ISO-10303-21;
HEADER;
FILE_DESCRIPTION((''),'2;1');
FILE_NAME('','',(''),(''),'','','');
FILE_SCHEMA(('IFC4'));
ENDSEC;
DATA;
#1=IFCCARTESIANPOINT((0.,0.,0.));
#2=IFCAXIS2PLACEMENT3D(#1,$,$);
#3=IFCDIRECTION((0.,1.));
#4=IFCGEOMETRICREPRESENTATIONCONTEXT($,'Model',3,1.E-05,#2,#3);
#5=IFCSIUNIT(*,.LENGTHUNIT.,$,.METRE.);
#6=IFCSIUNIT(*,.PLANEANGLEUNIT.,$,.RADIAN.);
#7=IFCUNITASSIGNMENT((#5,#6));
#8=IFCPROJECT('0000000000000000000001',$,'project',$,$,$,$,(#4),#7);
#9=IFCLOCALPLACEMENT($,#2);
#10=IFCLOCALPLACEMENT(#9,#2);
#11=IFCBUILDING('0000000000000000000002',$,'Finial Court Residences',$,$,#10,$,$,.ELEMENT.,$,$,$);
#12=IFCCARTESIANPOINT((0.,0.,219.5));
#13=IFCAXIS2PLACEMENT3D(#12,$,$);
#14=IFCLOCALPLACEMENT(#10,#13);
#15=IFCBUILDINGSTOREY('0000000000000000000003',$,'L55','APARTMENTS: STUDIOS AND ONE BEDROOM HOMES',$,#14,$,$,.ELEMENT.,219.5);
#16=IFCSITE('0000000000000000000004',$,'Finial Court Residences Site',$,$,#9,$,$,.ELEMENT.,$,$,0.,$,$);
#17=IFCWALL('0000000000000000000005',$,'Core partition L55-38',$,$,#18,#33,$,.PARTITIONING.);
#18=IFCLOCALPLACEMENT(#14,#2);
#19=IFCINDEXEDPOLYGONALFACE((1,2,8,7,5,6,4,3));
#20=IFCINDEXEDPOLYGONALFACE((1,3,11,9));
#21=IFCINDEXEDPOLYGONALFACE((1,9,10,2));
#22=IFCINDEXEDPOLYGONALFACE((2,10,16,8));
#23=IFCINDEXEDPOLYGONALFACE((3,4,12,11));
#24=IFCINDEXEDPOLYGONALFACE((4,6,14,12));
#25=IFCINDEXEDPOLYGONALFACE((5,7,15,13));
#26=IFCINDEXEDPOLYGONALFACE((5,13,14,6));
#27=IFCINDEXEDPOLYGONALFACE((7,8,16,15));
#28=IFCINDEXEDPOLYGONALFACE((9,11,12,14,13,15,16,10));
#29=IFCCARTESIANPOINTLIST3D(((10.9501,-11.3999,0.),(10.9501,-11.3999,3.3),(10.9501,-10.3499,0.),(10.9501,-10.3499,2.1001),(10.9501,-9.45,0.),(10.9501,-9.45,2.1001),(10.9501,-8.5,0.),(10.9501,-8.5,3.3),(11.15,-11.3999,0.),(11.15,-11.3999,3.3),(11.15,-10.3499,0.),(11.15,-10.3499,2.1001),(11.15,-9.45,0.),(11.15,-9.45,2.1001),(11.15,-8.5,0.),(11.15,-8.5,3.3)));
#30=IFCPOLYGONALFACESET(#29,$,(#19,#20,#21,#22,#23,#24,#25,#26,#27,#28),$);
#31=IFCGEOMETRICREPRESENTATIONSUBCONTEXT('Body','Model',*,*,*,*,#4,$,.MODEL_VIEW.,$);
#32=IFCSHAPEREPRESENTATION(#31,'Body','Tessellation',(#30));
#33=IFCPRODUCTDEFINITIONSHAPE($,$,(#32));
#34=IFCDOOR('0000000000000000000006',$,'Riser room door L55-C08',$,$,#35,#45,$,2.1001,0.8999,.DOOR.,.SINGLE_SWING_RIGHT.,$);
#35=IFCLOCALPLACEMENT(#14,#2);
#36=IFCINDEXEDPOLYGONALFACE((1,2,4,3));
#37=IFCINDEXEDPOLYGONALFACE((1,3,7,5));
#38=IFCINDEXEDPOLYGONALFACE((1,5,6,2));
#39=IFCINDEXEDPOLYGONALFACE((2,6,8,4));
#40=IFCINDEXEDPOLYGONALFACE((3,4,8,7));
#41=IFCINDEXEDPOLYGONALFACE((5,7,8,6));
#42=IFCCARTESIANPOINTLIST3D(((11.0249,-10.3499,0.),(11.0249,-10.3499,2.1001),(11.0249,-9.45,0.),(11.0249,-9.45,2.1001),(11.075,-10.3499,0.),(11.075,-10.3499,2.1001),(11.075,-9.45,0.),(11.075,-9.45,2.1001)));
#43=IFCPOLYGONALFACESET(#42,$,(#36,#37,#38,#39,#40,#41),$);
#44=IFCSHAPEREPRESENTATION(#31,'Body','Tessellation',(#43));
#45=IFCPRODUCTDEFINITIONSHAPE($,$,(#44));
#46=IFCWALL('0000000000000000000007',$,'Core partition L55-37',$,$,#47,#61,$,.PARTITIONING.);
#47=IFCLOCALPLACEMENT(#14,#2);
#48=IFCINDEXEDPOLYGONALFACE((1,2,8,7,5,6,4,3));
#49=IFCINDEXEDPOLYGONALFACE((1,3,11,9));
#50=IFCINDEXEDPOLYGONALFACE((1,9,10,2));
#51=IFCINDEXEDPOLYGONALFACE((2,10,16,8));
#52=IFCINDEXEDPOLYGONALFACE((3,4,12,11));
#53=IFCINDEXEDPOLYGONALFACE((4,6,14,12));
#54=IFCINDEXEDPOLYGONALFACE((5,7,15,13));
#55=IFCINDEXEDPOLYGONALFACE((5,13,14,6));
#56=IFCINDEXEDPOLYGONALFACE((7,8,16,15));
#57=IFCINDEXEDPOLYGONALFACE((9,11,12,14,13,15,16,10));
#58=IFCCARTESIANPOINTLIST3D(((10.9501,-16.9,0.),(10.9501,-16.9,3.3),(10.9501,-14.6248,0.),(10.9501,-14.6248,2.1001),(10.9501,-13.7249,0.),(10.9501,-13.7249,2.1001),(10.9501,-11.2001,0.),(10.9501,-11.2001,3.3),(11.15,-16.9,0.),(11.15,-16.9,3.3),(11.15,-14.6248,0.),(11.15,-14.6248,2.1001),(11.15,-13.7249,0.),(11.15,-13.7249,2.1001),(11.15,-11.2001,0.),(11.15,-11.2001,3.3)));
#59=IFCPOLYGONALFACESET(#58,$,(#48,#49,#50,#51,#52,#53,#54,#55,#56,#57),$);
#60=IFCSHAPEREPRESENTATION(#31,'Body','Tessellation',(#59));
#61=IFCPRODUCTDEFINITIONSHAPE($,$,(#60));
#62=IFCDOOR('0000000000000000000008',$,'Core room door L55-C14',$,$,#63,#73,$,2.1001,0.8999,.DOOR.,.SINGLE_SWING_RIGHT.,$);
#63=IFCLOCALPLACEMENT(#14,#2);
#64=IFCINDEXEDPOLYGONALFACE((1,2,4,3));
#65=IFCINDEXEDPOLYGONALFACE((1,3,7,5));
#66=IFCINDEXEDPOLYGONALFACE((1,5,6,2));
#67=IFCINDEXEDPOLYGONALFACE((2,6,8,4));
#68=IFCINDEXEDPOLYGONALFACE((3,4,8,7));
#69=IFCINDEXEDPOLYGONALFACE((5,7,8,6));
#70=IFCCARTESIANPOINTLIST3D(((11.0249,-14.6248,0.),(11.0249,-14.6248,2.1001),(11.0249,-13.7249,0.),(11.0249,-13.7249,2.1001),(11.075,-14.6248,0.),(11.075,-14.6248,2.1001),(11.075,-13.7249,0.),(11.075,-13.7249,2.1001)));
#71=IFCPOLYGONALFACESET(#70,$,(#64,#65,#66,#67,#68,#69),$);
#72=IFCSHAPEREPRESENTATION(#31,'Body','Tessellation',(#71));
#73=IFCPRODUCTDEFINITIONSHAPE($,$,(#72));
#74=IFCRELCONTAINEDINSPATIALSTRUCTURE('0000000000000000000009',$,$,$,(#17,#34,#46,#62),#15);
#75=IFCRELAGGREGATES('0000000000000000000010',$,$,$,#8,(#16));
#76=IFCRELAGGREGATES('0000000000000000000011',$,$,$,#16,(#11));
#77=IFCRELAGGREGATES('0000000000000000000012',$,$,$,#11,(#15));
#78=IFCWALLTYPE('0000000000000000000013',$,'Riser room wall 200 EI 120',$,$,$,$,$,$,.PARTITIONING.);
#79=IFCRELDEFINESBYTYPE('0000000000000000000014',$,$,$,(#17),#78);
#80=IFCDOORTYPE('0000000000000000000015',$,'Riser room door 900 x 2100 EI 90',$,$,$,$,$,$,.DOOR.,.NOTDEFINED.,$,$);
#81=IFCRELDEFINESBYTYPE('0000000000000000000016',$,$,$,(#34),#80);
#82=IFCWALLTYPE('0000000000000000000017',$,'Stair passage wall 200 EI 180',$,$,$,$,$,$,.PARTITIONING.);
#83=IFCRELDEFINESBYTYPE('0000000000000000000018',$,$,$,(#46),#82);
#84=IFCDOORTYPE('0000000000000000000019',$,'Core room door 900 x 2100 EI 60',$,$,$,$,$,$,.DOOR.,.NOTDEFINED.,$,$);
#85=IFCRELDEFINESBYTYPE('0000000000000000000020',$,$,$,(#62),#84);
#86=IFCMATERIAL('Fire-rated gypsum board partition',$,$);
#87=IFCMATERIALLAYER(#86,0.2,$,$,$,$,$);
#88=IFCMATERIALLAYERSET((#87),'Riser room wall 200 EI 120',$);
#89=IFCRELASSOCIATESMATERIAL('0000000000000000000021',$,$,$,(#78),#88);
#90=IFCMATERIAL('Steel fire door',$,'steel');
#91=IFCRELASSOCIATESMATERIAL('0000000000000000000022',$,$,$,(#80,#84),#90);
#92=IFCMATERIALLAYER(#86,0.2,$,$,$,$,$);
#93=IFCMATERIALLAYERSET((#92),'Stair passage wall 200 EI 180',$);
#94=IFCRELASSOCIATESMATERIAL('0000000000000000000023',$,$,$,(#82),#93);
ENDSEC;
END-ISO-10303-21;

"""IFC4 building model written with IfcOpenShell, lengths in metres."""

from ifc_helpers import new_model, si_unit, direction, frame, frame_2d, origin, place, context, subcontext, project, spatial, rectangle, extrude, material, layer, layer_set, type_object, element, fill, save


model = new_model("IFC4")

# Units and contexts
model_context = context("Model", 3, precision=1e-05, world=origin(), true_north=direction((0.0, 1.0)))
body_context = subcontext(model_context, "Body", "Model", "MODEL_VIEW")
ifc_project = project(units=[si_unit("LENGTHUNIT", "METRE"), si_unit("PLANEANGLEUNIT", "RADIAN")], contexts=[model_context])

# Site, building, storey
site_placement = place(None, origin())
site = spatial("IfcSite", under=ifc_project, at=site_placement, Name="Finial Court Residences Site", CompositionType="ELEMENT", RefElevation=0.0)
building_placement = place(site_placement, origin())
building = spatial("IfcBuilding", under=site, at=building_placement, Name="Finial Court Residences", CompositionType="ELEMENT")
storey_placement = place(building_placement, frame((0.0, 0.0, 219.5)))
storey = spatial("IfcBuildingStorey", under=building, at=storey_placement, Name="L55", Description="APARTMENTS: STUDIOS AND ONE BEDROOM HOMES", CompositionType="ELEMENT", Elevation=219.5)

# Shared definitions
ifc_material_1 = material(Name="Steel fire door", Category="steel")

# Shared definitions
ifc_material_2 = material(Name="Fire-rated gypsum board partition")
ifc_layer_1 = layer(ifc_material_2, 0.2)
ifc_layer_set_1 = layer_set([ifc_layer_1], Name="Riser room wall 200 EI 120")
wall_type_1 = type_object("IfcWallType", Name="Riser room wall 200 EI 120", PredefinedType="PARTITIONING", material=ifc_layer_set_1)

# Walls, openings, doors
wall_1_placement = place(storey_placement, frame((11.05, -8.5, 0.0), z_axis=(0.0, 0.0, 1.0), x_axis=(0.0, -1.0, 0.0)))
wall_1 = element("IfcWall", 1, at=wall_1_placement, inside=storey, type_object=wall_type_1, Name="Core partition L55-38", PredefinedType="PARTITIONING", context=body_context, shape_type="SweptSolid", body=[
    extrude(rectangle(XDim=2.8999, YDim=0.2, at=frame_2d((1.45, 0.0))), origin(), (0.0, 0.0, 1.0), 3.3),
])
opening_1_placement = place(wall_1_placement, frame((0.95, 0.0, 0.0)))
opening_1 = element("IfcOpeningElement", 2, at=opening_1_placement, cuts=wall_1, PredefinedType="OPENING", context=body_context, shape_type="SweptSolid", body=[
    extrude(rectangle(XDim=0.8999, YDim=2.1001, at=frame_2d((0.45, 1.05))), frame((0.0, 0.1099, 0.0), z_axis=(0.0, -1.0, 0.0), x_axis=(1.0, 0.0, 0.0)), (0.0, 0.0, 1.0), 0.22),
])
door_type_1 = type_object("IfcDoorType", Name="Riser room door 900 x 2100 EI 90", OperationType="NOTDEFINED", PredefinedType="DOOR", material=ifc_material_1)
door_1_placement = place(opening_1_placement, origin())
door_1 = element("IfcDoor", 3, at=door_1_placement, inside=storey, type_object=door_type_1, Name="Riser room door L55-C08", OperationType="SINGLE_SWING_RIGHT", OverallHeight=2.1001, OverallWidth=0.8999, PredefinedType="DOOR", context=body_context, shape_type="SweptSolid", body=[
    extrude(rectangle(XDim=0.8999, YDim=2.1001, at=frame_2d((0.45, 1.05))), frame((0.0, 0.0249, 0.0), z_axis=(0.0, -1.0, 0.0), x_axis=(1.0, 0.0, 0.0)), (0.0, 0.0, 1.0), 0.05),
])
fill(opening_1, door_1)
ifc_layer_2 = layer(ifc_material_2, 0.2)
ifc_layer_set_2 = layer_set([ifc_layer_2], Name="Stair passage wall 200 EI 180")
wall_type_2 = type_object("IfcWallType", Name="Stair passage wall 200 EI 180", PredefinedType="PARTITIONING", material=ifc_layer_set_2)
wall_2_placement = place(storey_placement, frame((11.05, -11.2, 0.0), z_axis=(0.0, 0.0, 1.0), x_axis=(0.0, -1.0, 0.0)))
wall_2 = element("IfcWall", 4, at=wall_2_placement, inside=storey, type_object=wall_type_2, Name="Core partition L55-37", PredefinedType="PARTITIONING", context=body_context, shape_type="SweptSolid", body=[
    extrude(rectangle(XDim=5.7, YDim=0.2, at=frame_2d((2.8501, 0.0))), origin(), (0.0, 0.0, 1.0), 3.3),
])
opening_2_placement = place(wall_2_placement, frame((2.5249, 0.0, 0.0)))
opening_2 = element("IfcOpeningElement", 5, at=opening_2_placement, cuts=wall_2, PredefinedType="OPENING", context=body_context, shape_type="SweptSolid", body=[
    extrude(rectangle(XDim=0.8999, YDim=2.1001, at=frame_2d((0.45, 1.05))), frame((0.0, 0.1099, 0.0), z_axis=(0.0, -1.0, 0.0), x_axis=(1.0, 0.0, 0.0)), (0.0, 0.0, 1.0), 0.22),
])
door_type_2 = type_object("IfcDoorType", Name="Core room door 900 x 2100 EI 60", OperationType="NOTDEFINED", PredefinedType="DOOR", material=ifc_material_1)
door_2_placement = place(opening_2_placement, origin())
door_2 = element("IfcDoor", 6, at=door_2_placement, inside=storey, type_object=door_type_2, Name="Core room door L55-C14", OperationType="SINGLE_SWING_RIGHT", OverallHeight=2.1001, OverallWidth=0.8999, PredefinedType="DOOR", context=body_context, shape_type="SweptSolid", body=[
    extrude(rectangle(XDim=0.8999, YDim=2.1001, at=frame_2d((0.45, 1.05))), frame((0.0, 0.0249, 0.0), z_axis=(0.0, -1.0, 0.0), x_axis=(1.0, 0.0, 0.0)), (0.0, 0.0, 1.0), 0.05),
])
fill(opening_2, door_2)

save(model, "model.ifc")
